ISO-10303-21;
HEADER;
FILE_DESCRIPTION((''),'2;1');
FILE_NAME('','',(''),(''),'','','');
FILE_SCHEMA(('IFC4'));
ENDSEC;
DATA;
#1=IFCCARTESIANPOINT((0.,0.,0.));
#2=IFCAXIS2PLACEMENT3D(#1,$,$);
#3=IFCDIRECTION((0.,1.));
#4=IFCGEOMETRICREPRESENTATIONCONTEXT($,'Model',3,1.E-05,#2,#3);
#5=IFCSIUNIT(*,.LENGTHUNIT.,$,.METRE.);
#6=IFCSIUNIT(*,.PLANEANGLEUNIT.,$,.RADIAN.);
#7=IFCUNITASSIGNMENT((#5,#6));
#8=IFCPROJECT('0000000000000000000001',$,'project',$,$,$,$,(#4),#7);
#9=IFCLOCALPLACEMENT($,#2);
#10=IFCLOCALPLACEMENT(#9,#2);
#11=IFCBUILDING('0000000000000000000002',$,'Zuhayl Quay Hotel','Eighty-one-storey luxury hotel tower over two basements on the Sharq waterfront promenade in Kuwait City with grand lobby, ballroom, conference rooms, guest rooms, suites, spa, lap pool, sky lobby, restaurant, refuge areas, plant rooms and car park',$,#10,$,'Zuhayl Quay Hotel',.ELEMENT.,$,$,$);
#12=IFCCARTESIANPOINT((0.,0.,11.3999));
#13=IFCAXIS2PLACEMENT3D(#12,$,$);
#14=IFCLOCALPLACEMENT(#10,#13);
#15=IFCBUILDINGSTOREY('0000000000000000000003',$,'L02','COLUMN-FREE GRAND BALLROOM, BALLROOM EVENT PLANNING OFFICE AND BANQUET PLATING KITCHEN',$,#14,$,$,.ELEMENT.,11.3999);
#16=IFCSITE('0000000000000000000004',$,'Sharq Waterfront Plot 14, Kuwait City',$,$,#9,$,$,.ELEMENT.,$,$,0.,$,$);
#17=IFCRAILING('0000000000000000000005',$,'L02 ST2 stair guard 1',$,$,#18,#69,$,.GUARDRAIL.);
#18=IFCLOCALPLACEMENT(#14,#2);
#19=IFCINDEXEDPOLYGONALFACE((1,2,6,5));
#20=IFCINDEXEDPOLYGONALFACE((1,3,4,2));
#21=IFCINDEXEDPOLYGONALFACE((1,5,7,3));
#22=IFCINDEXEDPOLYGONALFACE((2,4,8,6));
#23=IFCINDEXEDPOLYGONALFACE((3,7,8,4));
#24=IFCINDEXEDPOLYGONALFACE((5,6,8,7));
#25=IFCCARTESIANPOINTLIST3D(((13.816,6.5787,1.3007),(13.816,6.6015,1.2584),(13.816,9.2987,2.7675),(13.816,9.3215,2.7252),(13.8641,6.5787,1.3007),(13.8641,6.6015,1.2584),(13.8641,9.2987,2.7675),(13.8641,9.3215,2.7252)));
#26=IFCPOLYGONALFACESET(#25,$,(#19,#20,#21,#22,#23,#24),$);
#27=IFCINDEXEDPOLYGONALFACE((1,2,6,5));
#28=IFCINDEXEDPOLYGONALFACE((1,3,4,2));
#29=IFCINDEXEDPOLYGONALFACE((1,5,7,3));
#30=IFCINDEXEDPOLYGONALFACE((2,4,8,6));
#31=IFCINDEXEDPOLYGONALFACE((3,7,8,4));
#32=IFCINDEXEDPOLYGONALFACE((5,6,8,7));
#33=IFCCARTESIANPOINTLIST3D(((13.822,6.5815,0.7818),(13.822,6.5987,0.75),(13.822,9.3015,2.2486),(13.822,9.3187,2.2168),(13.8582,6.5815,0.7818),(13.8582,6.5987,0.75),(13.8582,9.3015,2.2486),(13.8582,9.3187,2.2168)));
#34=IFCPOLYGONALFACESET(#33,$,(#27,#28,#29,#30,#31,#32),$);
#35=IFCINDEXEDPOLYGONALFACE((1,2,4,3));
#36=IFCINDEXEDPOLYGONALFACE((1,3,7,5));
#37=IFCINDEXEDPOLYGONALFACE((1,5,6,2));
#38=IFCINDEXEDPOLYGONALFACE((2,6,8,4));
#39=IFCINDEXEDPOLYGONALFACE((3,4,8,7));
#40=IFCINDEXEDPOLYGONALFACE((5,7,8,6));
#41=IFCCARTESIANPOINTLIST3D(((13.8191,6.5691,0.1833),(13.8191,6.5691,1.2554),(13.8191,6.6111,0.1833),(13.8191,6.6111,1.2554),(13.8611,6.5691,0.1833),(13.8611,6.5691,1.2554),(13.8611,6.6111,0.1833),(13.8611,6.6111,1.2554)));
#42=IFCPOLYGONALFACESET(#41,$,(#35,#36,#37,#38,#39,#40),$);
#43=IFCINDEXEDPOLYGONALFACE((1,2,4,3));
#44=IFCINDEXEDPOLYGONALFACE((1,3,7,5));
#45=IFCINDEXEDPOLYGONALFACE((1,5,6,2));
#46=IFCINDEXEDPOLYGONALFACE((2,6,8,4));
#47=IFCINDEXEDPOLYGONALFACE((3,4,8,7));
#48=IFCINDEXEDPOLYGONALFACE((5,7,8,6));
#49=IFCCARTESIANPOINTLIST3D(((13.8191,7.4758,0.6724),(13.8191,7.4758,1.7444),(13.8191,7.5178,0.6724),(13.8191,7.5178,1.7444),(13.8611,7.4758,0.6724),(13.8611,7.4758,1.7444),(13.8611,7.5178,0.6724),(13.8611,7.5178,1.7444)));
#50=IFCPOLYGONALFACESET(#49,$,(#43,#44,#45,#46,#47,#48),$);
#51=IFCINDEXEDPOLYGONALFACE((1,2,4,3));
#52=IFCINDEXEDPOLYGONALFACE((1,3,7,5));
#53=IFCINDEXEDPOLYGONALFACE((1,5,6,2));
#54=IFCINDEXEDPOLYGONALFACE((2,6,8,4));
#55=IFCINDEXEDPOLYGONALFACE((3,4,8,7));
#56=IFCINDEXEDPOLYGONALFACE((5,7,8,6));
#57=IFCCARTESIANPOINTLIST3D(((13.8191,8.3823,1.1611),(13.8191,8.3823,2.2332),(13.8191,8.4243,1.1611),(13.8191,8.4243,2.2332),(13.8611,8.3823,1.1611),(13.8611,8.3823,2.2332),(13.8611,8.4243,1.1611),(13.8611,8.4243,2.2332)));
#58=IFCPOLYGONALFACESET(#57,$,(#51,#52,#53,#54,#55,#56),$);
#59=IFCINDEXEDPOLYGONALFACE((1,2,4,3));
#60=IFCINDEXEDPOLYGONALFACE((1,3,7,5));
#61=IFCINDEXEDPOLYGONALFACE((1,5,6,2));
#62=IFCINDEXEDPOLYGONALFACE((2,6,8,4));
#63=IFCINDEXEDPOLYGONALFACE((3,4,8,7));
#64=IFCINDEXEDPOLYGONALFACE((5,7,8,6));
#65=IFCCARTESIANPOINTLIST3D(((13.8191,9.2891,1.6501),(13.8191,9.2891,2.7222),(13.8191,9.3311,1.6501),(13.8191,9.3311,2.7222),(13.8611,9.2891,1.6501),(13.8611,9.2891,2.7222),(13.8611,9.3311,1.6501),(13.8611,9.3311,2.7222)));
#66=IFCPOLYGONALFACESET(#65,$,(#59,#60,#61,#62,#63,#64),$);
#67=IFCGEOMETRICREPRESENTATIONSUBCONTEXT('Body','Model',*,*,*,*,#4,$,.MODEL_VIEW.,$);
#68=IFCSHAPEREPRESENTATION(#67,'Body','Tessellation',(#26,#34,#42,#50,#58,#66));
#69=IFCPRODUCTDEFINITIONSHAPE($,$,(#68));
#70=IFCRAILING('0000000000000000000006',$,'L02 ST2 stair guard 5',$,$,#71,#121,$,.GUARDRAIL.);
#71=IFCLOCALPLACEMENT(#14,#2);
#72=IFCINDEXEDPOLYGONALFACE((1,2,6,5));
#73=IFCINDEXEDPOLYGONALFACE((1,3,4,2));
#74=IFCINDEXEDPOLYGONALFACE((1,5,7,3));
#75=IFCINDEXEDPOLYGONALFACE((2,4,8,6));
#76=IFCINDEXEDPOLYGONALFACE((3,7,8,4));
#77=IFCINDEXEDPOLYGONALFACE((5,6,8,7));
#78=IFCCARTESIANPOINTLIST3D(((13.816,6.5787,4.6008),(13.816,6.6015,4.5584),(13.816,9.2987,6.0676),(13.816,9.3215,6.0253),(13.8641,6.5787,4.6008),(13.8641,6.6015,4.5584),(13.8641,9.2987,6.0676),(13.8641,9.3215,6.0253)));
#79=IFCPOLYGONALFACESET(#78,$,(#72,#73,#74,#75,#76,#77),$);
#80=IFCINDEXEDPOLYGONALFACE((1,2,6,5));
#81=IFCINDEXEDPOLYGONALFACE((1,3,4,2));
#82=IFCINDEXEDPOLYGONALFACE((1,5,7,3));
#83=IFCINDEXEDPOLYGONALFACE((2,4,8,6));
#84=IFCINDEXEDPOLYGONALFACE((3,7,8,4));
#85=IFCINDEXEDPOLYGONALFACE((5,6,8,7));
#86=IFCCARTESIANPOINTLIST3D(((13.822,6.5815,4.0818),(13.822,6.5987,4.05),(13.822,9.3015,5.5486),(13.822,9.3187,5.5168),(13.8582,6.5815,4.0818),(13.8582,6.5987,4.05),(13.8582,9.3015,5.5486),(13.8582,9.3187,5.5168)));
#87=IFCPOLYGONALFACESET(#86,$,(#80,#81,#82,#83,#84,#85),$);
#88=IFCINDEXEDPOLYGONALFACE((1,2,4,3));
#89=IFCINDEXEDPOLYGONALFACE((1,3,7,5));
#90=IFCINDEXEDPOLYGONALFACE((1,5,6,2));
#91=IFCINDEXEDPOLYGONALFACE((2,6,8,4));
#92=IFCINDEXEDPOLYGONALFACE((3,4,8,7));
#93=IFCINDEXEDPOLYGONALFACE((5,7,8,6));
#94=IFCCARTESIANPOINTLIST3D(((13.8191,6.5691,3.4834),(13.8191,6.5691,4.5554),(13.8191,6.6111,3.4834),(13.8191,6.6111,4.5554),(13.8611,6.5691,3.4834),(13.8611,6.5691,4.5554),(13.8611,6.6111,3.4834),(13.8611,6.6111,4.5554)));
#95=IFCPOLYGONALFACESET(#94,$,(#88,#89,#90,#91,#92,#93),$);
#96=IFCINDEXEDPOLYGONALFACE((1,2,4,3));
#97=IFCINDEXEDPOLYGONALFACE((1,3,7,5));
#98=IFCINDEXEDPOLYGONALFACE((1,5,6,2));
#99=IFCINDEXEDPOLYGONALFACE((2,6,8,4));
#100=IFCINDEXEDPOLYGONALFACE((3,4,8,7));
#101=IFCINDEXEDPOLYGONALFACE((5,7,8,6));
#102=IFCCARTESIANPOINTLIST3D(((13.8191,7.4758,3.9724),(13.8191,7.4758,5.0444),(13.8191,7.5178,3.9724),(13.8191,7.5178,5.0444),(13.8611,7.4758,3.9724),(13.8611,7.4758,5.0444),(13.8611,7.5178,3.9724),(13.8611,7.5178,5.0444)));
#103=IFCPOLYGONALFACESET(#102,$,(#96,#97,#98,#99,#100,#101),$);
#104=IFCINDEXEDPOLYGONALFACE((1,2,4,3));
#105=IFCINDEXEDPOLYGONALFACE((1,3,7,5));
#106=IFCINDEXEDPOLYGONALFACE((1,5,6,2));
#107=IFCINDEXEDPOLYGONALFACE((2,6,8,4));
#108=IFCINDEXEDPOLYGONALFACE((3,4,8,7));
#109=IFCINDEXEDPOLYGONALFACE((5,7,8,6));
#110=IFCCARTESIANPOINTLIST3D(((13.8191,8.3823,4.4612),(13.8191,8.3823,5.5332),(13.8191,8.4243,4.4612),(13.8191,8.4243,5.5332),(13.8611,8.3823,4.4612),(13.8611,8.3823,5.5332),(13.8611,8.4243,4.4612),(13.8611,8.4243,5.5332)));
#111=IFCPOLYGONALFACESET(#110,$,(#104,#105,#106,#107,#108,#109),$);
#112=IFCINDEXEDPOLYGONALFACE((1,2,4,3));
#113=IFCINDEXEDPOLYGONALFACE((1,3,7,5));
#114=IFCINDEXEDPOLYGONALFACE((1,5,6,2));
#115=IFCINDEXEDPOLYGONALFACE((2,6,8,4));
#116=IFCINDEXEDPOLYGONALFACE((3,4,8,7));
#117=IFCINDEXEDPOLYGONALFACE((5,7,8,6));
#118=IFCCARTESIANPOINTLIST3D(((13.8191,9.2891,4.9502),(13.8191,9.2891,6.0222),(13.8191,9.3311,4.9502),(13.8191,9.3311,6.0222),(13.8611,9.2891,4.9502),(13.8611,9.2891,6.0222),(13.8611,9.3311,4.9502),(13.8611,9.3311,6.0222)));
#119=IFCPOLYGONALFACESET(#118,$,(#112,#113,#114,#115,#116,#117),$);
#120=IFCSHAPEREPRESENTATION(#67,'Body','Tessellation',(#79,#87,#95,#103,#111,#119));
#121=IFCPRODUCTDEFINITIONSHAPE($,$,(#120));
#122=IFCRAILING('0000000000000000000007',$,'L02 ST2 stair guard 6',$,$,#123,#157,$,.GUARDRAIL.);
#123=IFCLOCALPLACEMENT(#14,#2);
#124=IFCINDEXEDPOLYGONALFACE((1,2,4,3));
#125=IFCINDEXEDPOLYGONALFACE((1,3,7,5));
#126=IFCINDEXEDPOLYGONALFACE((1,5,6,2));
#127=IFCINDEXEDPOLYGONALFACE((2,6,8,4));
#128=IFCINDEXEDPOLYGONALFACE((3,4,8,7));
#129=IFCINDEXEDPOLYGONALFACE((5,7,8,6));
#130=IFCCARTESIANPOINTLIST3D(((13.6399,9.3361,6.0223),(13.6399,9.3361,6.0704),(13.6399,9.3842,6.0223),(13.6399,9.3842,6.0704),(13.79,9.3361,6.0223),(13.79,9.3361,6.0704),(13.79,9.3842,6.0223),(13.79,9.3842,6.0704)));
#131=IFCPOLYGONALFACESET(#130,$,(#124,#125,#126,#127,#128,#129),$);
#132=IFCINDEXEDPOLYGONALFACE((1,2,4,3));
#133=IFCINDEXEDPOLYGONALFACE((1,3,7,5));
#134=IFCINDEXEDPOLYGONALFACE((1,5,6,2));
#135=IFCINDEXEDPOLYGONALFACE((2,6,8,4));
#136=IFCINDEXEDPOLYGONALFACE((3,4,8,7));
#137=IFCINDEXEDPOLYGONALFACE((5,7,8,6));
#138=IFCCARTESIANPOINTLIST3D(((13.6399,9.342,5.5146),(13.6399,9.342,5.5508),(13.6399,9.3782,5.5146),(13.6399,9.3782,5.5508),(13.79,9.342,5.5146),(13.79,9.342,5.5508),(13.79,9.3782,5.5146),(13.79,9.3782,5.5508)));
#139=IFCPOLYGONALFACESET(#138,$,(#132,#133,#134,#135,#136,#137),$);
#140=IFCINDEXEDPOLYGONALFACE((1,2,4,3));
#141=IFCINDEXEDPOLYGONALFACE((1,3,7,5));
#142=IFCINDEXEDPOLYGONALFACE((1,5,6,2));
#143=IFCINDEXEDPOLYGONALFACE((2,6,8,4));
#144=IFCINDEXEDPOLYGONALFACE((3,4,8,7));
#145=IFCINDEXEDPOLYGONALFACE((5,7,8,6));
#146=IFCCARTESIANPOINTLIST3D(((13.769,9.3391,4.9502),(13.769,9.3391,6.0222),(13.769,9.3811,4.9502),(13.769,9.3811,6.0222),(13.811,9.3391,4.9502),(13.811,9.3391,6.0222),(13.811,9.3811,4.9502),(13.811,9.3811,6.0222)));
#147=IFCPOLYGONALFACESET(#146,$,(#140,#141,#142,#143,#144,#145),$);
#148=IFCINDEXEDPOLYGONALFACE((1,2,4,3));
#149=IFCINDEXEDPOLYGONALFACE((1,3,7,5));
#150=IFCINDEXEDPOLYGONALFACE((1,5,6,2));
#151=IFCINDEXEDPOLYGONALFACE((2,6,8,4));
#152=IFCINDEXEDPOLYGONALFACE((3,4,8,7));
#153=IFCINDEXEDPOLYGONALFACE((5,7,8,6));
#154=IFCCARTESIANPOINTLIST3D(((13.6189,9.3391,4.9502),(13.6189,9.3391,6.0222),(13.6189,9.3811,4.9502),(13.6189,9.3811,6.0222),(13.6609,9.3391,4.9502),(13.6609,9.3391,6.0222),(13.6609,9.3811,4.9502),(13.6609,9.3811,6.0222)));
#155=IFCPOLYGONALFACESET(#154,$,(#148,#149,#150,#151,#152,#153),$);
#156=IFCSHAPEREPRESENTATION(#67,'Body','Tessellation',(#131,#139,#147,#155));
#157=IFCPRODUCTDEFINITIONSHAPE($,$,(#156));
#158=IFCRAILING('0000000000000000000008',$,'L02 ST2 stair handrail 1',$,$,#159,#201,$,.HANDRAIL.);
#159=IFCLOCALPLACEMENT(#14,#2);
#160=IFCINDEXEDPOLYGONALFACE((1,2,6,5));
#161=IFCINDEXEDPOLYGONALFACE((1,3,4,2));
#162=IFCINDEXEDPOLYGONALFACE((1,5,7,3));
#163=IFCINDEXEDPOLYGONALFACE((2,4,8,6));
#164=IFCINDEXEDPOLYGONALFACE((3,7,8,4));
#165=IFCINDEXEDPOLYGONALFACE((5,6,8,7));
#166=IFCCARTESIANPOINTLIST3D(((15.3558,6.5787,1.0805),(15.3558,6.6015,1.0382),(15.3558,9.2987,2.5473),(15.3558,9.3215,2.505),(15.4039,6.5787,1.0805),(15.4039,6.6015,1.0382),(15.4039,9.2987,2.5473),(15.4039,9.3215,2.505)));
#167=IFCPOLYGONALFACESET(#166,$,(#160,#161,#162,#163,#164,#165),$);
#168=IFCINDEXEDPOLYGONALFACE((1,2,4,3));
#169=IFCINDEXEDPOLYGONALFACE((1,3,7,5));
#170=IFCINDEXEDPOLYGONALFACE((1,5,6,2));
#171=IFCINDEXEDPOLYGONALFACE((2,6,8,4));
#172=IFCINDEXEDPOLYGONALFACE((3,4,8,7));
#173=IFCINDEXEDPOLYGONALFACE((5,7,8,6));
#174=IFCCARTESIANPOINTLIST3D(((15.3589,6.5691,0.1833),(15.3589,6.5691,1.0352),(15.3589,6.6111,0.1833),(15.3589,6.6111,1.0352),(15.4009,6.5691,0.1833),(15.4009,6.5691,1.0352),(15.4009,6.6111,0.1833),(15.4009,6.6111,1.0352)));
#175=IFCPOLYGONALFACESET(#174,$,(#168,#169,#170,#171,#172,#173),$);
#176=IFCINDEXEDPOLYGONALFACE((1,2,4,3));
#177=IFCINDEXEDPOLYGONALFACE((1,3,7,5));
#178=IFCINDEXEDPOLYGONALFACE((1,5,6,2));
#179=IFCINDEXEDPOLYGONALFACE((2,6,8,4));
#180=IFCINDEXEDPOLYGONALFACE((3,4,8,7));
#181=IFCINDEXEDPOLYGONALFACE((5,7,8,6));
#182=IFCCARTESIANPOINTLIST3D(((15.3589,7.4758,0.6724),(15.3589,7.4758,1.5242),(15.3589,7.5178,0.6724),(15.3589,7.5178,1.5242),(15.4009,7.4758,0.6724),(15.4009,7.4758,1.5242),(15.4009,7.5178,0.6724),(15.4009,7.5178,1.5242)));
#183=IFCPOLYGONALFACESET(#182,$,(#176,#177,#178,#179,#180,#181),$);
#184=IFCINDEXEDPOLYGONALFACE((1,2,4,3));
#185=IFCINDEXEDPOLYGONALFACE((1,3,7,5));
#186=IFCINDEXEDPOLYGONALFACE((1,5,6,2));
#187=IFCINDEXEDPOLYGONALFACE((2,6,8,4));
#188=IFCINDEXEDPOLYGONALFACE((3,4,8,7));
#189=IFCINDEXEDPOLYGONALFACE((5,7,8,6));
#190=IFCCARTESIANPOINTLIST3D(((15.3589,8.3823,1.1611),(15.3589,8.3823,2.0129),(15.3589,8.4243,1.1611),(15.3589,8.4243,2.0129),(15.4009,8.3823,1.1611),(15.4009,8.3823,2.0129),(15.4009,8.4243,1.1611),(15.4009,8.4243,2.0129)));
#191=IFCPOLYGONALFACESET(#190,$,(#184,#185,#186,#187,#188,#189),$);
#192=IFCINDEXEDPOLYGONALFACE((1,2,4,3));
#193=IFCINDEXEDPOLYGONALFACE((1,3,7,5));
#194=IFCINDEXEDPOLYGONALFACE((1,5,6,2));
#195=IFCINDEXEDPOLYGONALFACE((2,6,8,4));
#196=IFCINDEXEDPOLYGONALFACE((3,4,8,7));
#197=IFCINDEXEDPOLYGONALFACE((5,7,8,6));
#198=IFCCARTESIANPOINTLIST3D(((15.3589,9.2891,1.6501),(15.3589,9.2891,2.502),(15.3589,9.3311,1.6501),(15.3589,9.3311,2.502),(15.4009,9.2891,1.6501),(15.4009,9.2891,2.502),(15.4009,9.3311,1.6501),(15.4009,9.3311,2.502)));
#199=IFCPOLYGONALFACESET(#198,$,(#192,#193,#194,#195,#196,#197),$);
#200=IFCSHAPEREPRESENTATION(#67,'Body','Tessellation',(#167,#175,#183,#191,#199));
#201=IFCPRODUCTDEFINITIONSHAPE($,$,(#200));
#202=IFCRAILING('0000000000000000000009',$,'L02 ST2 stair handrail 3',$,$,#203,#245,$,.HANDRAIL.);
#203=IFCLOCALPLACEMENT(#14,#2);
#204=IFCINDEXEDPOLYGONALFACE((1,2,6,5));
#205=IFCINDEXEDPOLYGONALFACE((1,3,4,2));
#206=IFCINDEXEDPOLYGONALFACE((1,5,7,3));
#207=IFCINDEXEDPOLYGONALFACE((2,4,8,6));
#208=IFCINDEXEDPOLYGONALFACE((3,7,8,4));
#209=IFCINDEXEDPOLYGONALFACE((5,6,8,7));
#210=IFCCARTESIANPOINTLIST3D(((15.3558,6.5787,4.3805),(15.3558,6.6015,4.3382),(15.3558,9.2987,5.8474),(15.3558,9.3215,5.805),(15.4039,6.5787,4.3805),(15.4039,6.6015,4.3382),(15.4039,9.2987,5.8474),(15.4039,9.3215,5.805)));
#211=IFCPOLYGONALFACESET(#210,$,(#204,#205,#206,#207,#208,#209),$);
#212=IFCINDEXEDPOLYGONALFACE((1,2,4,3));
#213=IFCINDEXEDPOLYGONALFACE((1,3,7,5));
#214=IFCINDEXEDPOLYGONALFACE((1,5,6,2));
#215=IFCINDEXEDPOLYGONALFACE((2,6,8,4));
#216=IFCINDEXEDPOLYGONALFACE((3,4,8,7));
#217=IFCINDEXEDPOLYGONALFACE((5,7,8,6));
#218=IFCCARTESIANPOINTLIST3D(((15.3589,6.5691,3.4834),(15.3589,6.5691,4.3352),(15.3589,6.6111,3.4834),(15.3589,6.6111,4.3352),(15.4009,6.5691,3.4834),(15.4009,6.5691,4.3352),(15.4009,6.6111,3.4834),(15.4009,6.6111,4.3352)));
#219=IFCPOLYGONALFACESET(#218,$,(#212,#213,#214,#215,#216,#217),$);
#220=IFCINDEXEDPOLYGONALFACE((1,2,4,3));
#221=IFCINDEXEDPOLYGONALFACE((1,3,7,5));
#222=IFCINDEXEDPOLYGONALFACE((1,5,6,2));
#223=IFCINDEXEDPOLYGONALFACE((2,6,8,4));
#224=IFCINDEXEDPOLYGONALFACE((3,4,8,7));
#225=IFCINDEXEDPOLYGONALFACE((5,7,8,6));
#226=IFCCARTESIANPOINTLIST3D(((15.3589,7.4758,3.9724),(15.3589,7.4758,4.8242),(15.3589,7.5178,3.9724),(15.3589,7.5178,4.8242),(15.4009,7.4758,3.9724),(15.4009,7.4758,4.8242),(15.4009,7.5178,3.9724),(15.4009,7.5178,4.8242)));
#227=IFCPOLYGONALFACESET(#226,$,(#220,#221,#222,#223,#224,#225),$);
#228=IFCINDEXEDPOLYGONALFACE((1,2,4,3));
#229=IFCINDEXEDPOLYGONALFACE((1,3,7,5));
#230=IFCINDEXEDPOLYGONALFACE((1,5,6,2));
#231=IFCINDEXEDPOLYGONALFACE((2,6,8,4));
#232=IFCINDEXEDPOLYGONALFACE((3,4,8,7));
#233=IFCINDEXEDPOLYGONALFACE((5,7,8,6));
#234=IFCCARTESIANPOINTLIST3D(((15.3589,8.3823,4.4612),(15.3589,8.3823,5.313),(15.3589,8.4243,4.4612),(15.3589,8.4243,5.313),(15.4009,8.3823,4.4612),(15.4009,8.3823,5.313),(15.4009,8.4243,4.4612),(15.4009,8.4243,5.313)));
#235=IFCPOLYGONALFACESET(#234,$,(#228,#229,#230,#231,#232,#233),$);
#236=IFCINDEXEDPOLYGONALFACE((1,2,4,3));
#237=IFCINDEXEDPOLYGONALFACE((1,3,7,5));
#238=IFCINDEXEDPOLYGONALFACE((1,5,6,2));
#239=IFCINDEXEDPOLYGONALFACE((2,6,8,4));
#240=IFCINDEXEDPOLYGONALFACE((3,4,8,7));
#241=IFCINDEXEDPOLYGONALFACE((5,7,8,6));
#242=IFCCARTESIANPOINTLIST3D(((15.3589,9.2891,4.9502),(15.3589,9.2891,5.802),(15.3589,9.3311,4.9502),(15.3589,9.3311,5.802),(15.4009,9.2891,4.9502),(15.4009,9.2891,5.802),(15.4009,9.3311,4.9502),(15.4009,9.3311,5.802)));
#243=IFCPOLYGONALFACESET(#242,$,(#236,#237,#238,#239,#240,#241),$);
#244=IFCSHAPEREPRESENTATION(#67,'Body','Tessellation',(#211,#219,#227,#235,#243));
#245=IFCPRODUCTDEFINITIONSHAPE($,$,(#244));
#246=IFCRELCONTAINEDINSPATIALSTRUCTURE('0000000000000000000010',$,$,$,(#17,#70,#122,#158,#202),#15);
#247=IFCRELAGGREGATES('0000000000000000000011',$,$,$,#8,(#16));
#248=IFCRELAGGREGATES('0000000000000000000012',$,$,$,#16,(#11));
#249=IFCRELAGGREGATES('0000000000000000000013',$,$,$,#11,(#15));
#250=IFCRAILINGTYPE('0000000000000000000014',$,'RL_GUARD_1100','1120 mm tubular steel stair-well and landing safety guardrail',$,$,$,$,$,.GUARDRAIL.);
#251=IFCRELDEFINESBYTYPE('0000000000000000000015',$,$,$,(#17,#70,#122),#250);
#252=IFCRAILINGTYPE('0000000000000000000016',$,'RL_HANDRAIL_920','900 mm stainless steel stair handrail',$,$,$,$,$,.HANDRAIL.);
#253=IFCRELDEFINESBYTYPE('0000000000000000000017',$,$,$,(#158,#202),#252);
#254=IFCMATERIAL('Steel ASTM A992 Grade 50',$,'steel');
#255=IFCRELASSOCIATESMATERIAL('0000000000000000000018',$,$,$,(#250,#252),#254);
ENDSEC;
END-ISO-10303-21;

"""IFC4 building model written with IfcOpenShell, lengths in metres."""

from ifc_helpers import new_model, si_unit, direction, frame, origin, origin_2d, place, context, subcontext, project, spatial, rectangle, extrude, material, type_object, element, save


model = new_model("IFC4")

# Units and contexts
model_context = context("Model", 3, precision=1e-05, world=origin(), true_north=direction((0.0, 1.0)))
body_context = subcontext(model_context, "Body", "Model", "MODEL_VIEW")
ifc_project = project(units=[si_unit("LENGTHUNIT", "METRE"), si_unit("PLANEANGLEUNIT", "RADIAN")], contexts=[model_context])

# Site, building, storey
site_placement = place(None, origin())
site = spatial("IfcSite", under=ifc_project, at=site_placement, Name="Sharq Waterfront Plot 14, Kuwait City", CompositionType="ELEMENT", RefElevation=0.0)
building_placement = place(site_placement, origin())
building = spatial("IfcBuilding", under=site, at=building_placement, Name="Zuhayl Quay Hotel", Description="Eighty-one-storey luxury hotel tower over two basements on the Sharq waterfront promenade in Kuwait City with grand lobby, ballroom, conference rooms, guest rooms, suites, spa, lap pool, sky lobby, restaurant, refuge areas, plant rooms and car park", LongName="Zuhayl Quay Hotel", CompositionType="ELEMENT")
storey_placement = place(building_placement, frame((0.0, 0.0, 11.3999)))
storey = spatial("IfcBuildingStorey", under=building, at=storey_placement, Name="L02", Description="COLUMN-FREE GRAND BALLROOM, BALLROOM EVENT PLANNING OFFICE AND BANQUET PLATING KITCHEN", CompositionType="ELEMENT", Elevation=11.3999)

# Shared definitions
ifc_material_1 = material(Name="Steel ASTM A992 Grade 50", Category="steel")

# Railings
railing_type_1 = type_object("IfcRailingType", Name="RL_GUARD_1100", Description="1120 mm tubular steel stair-well and landing safety guardrail", PredefinedType="GUARDRAIL", material=ifc_material_1)
for number, where, name in (
    (1, (13.8401, 6.5901, 0.1833), "L02 ST2 stair guard 1"),
    (2, (13.8401, 6.5901, 3.4834), "L02 ST2 stair guard 5"),
):
    element("IfcRailing", number, at=place(storey_placement, frame(where)), inside=storey, type_object=railing_type_1, Name=name, PredefinedType="GUARDRAIL", context=body_context, shape_type="SweptSolid", body=[
        extrude(rectangle(XDim=0.0481, YDim=0.0481, at=origin_2d()), frame((0.0, 0.0, 1.0962), z_axis=(0.0, 0.880174, 0.474651), x_axis=(-1.0, 0.0, 0.0)), (0.0, 0.0, 1.0), 3.0903),
        extrude(rectangle(XDim=0.0361, YDim=0.0361, at=origin_2d()), frame((0.0, 0.0, 0.5825), z_axis=(0.0, 0.880174, 0.474651), x_axis=(-1.0, 0.0, 0.0)), (0.0, 0.0, 1.0), 3.0903),
        extrude(rectangle(XDim=0.042, YDim=0.042, at=origin_2d()), origin(), (0.0, 0.0, 1.0), 1.072),
        extrude(rectangle(XDim=0.042, YDim=0.042, at=origin_2d()), frame((0.0, 0.9067, 0.489)), (0.0, 0.0, 1.0), 1.072),
        extrude(rectangle(XDim=0.042, YDim=0.042, at=origin_2d()), frame((0.0, 1.8132, 0.9778)), (0.0, 0.0, 1.0), 1.072),
        extrude(rectangle(XDim=0.042, YDim=0.042, at=origin_2d()), frame((0.0, 2.72, 1.4668)), (0.0, 0.0, 1.0), 1.072),
    ])
railing_placement = place(storey_placement, frame((13.79, 9.3601, 4.9502)))
element("IfcRailing", 3, at=railing_placement, inside=storey, type_object=railing_type_1, Name="L02 ST2 stair guard 6", PredefinedType="GUARDRAIL", context=body_context, shape_type="SweptSolid", body=[
    extrude(rectangle(XDim=0.0481, YDim=0.0481, at=origin_2d()), frame((0.0, 0.0, 1.0962), z_axis=(-1.0, 0.0, 0.0), x_axis=(0.0, -1.0, 0.0)), (0.0, 0.0, 1.0), 0.1501),
    extrude(rectangle(XDim=0.0361, YDim=0.0361, at=origin_2d()), frame((0.0, 0.0, 0.5825), z_axis=(-1.0, 0.0, 0.0), x_axis=(0.0, -1.0, 0.0)), (0.0, 0.0, 1.0), 0.1501),
    extrude(rectangle(XDim=0.042, YDim=0.042, at=origin_2d()), origin(), (0.0, 0.0, 1.0), 1.072),
    extrude(rectangle(XDim=0.042, YDim=0.042, at=origin_2d()), frame((-0.1501, 0.0, 0.0)), (0.0, 0.0, 1.0), 1.072),
])
railing_type_2 = type_object("IfcRailingType", Name="RL_HANDRAIL_920", Description="900 mm stainless steel stair handrail", PredefinedType="HANDRAIL", material=ifc_material_1)
for number, where, name in (
    (4, (15.3799, 6.5901, 0.1833), "L02 ST2 stair handrail 1"),
    (5, (15.3799, 6.5901, 3.4834), "L02 ST2 stair handrail 3"),
):
    element("IfcRailing", number, at=place(storey_placement, frame(where)), inside=storey, type_object=railing_type_2, Name=name, PredefinedType="HANDRAIL", context=body_context, shape_type="SweptSolid", body=[
        extrude(rectangle(XDim=0.0481, YDim=0.0481, at=origin_2d()), frame((0.0, 0.0, 0.876), z_axis=(0.0, 0.880174, 0.474651), x_axis=(-1.0, 0.0, 0.0)), (0.0, 0.0, 1.0), 3.0903),
        extrude(rectangle(XDim=0.042, YDim=0.042, at=origin_2d()), origin(), (0.0, 0.0, 1.0), 0.8518),
        extrude(rectangle(XDim=0.042, YDim=0.042, at=origin_2d()), frame((0.0, 0.9067, 0.489)), (0.0, 0.0, 1.0), 0.8518),
        extrude(rectangle(XDim=0.042, YDim=0.042, at=origin_2d()), frame((0.0, 1.8132, 0.9778)), (0.0, 0.0, 1.0), 0.8518),
        extrude(rectangle(XDim=0.042, YDim=0.042, at=origin_2d()), frame((0.0, 2.72, 1.4668)), (0.0, 0.0, 1.0), 0.8518),
    ])

save(model, "model.ifc")
